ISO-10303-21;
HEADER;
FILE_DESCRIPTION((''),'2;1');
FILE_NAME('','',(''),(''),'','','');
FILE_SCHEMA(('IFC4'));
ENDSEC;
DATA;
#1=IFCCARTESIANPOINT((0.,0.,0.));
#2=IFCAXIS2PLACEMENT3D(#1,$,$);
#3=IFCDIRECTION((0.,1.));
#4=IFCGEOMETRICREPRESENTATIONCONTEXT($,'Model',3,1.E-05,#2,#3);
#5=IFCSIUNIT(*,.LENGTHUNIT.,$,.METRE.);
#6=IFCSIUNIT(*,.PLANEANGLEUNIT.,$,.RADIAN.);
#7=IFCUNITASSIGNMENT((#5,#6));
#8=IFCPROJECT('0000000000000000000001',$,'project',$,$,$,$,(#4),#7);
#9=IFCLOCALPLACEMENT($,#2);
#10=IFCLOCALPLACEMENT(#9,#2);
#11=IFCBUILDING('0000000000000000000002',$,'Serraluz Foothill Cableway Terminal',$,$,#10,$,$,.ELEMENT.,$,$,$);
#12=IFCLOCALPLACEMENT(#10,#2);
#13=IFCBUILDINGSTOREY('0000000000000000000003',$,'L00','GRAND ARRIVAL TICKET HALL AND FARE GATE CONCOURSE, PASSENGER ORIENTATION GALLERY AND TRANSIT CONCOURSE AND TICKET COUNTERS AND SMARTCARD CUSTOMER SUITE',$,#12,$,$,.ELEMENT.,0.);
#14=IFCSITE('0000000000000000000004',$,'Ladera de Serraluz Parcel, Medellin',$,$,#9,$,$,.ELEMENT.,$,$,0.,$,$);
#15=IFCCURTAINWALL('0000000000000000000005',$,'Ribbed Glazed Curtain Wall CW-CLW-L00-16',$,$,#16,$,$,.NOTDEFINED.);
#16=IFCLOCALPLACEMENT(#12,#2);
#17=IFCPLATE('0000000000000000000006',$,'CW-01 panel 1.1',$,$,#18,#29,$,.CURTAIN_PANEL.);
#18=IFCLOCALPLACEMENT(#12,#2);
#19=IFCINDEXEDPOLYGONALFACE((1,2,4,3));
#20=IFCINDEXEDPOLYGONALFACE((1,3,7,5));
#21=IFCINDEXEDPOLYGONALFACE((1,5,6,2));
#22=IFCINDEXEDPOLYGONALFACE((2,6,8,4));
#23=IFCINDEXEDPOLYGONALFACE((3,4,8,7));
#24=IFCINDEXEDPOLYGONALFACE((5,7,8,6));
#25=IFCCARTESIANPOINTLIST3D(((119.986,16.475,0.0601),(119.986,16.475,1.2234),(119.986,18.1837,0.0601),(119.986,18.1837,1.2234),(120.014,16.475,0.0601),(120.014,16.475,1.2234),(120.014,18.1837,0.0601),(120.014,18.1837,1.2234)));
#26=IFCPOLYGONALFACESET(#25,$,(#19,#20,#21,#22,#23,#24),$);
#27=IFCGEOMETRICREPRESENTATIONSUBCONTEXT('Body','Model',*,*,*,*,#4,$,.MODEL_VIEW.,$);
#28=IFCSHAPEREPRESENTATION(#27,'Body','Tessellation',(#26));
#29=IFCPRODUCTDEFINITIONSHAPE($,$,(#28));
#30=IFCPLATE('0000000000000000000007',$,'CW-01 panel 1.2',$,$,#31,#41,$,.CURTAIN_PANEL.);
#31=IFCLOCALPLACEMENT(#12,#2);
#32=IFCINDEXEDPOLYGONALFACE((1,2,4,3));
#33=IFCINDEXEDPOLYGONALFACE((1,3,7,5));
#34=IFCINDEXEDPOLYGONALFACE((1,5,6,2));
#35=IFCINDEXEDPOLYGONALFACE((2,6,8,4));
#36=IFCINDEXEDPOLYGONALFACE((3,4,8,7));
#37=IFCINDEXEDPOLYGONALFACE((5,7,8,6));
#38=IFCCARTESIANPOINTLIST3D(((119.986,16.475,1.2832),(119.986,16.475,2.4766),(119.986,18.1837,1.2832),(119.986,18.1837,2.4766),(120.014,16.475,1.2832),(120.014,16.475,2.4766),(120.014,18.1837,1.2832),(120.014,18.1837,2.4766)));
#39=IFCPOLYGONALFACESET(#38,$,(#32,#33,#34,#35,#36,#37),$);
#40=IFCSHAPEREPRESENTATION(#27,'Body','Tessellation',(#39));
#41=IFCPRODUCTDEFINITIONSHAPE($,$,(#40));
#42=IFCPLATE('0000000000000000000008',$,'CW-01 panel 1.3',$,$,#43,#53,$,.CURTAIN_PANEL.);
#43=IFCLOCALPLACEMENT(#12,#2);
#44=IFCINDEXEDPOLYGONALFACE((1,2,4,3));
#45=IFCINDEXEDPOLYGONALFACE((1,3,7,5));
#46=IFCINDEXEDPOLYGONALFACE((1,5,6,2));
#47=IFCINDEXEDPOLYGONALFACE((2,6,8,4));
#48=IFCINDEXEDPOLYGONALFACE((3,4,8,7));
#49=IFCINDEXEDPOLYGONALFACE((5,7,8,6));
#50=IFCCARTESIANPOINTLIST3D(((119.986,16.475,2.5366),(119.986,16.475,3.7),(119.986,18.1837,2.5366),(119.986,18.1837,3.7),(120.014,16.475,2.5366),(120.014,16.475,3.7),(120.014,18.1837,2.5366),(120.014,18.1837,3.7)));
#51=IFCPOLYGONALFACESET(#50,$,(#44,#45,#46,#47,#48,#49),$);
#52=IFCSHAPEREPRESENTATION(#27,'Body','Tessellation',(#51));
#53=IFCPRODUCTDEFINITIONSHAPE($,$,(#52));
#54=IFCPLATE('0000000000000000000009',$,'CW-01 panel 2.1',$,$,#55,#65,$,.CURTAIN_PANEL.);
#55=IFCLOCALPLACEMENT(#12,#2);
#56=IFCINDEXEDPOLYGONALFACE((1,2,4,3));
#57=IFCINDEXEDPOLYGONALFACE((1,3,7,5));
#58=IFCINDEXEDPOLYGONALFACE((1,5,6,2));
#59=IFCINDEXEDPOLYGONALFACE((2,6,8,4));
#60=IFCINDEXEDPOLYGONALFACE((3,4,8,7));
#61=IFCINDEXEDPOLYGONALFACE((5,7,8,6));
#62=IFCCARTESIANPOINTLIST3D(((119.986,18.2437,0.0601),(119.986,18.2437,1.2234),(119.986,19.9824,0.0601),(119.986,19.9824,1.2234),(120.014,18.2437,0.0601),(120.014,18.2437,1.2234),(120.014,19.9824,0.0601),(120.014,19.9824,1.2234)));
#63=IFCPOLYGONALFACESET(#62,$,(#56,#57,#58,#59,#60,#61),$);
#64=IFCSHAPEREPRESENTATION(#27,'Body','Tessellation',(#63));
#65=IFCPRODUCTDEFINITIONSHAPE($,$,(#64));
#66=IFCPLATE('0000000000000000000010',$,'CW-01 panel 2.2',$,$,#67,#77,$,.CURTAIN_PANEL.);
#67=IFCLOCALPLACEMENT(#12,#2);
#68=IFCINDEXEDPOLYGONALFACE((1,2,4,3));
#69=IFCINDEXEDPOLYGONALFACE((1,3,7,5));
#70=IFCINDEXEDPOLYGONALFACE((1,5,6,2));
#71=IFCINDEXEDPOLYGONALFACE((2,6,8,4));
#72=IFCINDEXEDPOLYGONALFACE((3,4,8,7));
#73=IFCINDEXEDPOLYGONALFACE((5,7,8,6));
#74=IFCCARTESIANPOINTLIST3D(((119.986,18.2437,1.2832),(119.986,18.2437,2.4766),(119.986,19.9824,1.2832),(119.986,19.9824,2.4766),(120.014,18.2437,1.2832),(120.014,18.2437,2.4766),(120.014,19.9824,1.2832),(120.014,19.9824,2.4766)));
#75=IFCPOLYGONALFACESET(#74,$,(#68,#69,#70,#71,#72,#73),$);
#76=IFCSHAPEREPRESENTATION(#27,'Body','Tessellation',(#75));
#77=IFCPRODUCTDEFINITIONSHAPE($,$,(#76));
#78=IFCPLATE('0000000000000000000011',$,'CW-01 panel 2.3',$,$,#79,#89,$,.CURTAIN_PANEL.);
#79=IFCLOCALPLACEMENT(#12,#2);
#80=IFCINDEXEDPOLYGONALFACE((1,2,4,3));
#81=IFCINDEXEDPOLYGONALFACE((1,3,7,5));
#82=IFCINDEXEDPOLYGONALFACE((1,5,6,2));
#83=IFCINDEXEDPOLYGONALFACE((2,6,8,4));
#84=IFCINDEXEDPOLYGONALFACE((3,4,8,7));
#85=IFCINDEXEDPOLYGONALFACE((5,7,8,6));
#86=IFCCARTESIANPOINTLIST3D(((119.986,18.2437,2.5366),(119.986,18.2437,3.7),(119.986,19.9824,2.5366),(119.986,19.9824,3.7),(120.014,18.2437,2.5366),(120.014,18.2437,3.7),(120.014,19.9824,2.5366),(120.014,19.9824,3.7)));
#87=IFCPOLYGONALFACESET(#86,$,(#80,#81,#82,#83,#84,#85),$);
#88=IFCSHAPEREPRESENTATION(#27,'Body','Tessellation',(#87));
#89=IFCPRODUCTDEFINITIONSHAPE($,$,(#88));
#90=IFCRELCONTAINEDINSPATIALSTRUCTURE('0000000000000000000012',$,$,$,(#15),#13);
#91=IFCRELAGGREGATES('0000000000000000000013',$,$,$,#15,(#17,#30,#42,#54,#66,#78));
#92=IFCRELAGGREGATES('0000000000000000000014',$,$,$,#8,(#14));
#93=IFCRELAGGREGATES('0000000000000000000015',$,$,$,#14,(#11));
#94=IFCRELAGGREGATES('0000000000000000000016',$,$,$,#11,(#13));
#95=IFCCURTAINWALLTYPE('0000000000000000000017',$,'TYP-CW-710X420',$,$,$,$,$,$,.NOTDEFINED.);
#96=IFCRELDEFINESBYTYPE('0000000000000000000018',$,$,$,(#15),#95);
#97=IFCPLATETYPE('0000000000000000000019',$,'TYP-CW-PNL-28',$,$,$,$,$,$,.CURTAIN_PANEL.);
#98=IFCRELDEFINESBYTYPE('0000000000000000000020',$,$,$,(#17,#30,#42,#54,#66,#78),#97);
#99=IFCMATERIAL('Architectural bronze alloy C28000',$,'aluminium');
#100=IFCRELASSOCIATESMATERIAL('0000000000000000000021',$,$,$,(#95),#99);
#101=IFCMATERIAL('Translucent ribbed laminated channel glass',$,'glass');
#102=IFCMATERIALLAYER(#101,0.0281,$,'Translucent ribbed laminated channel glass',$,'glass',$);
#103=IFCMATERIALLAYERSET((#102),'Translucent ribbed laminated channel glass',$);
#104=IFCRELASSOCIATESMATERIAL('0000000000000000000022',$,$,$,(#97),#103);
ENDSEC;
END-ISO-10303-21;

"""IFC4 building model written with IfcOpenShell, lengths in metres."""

from ifc_helpers import new_model, si_unit, direction, frame, origin, origin_2d, place, context, subcontext, project, spatial, rectangle, extrude, material, layer, layer_set, type_object, element, aggregate, save


model = new_model("IFC4")

# Units and contexts
model_context = context("Model", 3, precision=1e-05, world=origin(), true_north=direction((0.0, 1.0)))
body_context = subcontext(model_context, "Body", "Model", "MODEL_VIEW")
ifc_project = project(units=[si_unit("LENGTHUNIT", "METRE"), si_unit("PLANEANGLEUNIT", "RADIAN")], contexts=[model_context])

# Site, building, storey
site_placement = place(None, origin())
site = spatial("IfcSite", under=ifc_project, at=site_placement, Name="Ladera de Serraluz Parcel, Medellin", CompositionType="ELEMENT", RefElevation=0.0)
building_placement = place(site_placement, origin())
building = spatial("IfcBuilding", under=site, at=building_placement, Name="Serraluz Foothill Cableway Terminal", CompositionType="ELEMENT")
storey_placement = place(building_placement, origin())
storey = spatial("IfcBuildingStorey", under=building, at=storey_placement, Name="L00", Description="GRAND ARRIVAL TICKET HALL AND FARE GATE CONCOURSE, PASSENGER ORIENTATION GALLERY AND TRANSIT CONCOURSE AND TICKET COUNTERS AND SMARTCARD CUSTOMER SUITE", CompositionType="ELEMENT", Elevation=0.0)

# Curtain wall
ifc_material_1 = material(Name="Architectural bronze alloy C28000", Category="aluminium")
curtain_wall_type = type_object("IfcCurtainWallType", Name="TYP-CW-710X420", PredefinedType="NOTDEFINED", material=ifc_material_1)
curtain_wall_placement = place(storey_placement, origin())
curtain_wall = element("IfcCurtainWall", 1, at=curtain_wall_placement, inside=storey, type_object=curtain_wall_type, Name="Ribbed Glazed Curtain Wall CW-CLW-L00-16", PredefinedType="NOTDEFINED")

# Plates
ifc_material_2 = material(Name="Translucent ribbed laminated channel glass", Category="glass")
ifc_layer = layer(ifc_material_2, 0.0281, Name="Translucent ribbed laminated channel glass", Category="glass")
ifc_layer_set = layer_set([ifc_layer], Name="Translucent ribbed laminated channel glass")
plate_type = type_object("IfcPlateType", Name="TYP-CW-PNL-28", PredefinedType="CURTAIN_PANEL", material=ifc_layer_set)
plate_1_placement = place(storey_placement, frame((120.0, 17.3293, 0.0601), z_axis=(0.0, 0.0, 1.0), x_axis=(0.0, 1.0, 0.0)))
plate_1 = element("IfcPlate", 2, at=plate_1_placement, type_object=plate_type, Name="CW-01 panel 1.1", PredefinedType="CURTAIN_PANEL", context=body_context, shape_type="SweptSolid", body=[
    extrude(rectangle(XDim=1.7087, YDim=0.0281, at=origin_2d()), origin(), (0.0, 0.0, 1.0), 1.1633),
])
plate_2_placement = place(storey_placement, frame((120.0, 17.3293, 1.2832), z_axis=(0.0, 0.0, 1.0), x_axis=(0.0, 1.0, 0.0)))
plate_2 = element("IfcPlate", 3, at=plate_2_placement, type_object=plate_type, Name="CW-01 panel 1.2", PredefinedType="CURTAIN_PANEL", context=body_context, shape_type="SweptSolid", body=[
    extrude(rectangle(XDim=1.7087, YDim=0.0281, at=origin_2d()), origin(), (0.0, 0.0, 1.0), 1.1934),
])
plate_3_placement = place(storey_placement, frame((120.0, 17.3293, 2.5366), z_axis=(0.0, 0.0, 1.0), x_axis=(0.0, 1.0, 0.0)))
plate_3 = element("IfcPlate", 4, at=plate_3_placement, type_object=plate_type, Name="CW-01 panel 1.3", PredefinedType="CURTAIN_PANEL", context=body_context, shape_type="SweptSolid", body=[
    extrude(rectangle(XDim=1.7087, YDim=0.0281, at=origin_2d()), origin(), (0.0, 0.0, 1.0), 1.1633),
])
plate_4_placement = place(storey_placement, frame((120.0, 19.113, 0.0601), z_axis=(0.0, 0.0, 1.0), x_axis=(0.0, 1.0, 0.0)))
plate_4 = element("IfcPlate", 5, at=plate_4_placement, type_object=plate_type, Name="CW-01 panel 2.1", PredefinedType="CURTAIN_PANEL", context=body_context, shape_type="SweptSolid", body=[
    extrude(rectangle(XDim=1.7388, YDim=0.0281, at=origin_2d()), origin(), (0.0, 0.0, 1.0), 1.1633),
])
plate_5_placement = place(storey_placement, frame((120.0, 19.113, 1.2832), z_axis=(0.0, 0.0, 1.0), x_axis=(0.0, 1.0, 0.0)))
plate_5 = element("IfcPlate", 6, at=plate_5_placement, type_object=plate_type, Name="CW-01 panel 2.2", PredefinedType="CURTAIN_PANEL", context=body_context, shape_type="SweptSolid", body=[
    extrude(rectangle(XDim=1.7388, YDim=0.0281, at=origin_2d()), origin(), (0.0, 0.0, 1.0), 1.1934),
])
plate_6_placement = place(storey_placement, frame((120.0, 19.113, 2.5366), z_axis=(0.0, 0.0, 1.0), x_axis=(0.0, 1.0, 0.0)))
plate_6 = element("IfcPlate", 7, at=plate_6_placement, type_object=plate_type, Name="CW-01 panel 2.3", PredefinedType="CURTAIN_PANEL", context=body_context, shape_type="SweptSolid", body=[
    extrude(rectangle(XDim=1.7388, YDim=0.0281, at=origin_2d()), origin(), (0.0, 0.0, 1.0), 1.1633),
])
aggregate(curtain_wall, [plate_1, plate_2, plate_3, plate_4, plate_5, plate_6])

save(model, "model.ifc")
